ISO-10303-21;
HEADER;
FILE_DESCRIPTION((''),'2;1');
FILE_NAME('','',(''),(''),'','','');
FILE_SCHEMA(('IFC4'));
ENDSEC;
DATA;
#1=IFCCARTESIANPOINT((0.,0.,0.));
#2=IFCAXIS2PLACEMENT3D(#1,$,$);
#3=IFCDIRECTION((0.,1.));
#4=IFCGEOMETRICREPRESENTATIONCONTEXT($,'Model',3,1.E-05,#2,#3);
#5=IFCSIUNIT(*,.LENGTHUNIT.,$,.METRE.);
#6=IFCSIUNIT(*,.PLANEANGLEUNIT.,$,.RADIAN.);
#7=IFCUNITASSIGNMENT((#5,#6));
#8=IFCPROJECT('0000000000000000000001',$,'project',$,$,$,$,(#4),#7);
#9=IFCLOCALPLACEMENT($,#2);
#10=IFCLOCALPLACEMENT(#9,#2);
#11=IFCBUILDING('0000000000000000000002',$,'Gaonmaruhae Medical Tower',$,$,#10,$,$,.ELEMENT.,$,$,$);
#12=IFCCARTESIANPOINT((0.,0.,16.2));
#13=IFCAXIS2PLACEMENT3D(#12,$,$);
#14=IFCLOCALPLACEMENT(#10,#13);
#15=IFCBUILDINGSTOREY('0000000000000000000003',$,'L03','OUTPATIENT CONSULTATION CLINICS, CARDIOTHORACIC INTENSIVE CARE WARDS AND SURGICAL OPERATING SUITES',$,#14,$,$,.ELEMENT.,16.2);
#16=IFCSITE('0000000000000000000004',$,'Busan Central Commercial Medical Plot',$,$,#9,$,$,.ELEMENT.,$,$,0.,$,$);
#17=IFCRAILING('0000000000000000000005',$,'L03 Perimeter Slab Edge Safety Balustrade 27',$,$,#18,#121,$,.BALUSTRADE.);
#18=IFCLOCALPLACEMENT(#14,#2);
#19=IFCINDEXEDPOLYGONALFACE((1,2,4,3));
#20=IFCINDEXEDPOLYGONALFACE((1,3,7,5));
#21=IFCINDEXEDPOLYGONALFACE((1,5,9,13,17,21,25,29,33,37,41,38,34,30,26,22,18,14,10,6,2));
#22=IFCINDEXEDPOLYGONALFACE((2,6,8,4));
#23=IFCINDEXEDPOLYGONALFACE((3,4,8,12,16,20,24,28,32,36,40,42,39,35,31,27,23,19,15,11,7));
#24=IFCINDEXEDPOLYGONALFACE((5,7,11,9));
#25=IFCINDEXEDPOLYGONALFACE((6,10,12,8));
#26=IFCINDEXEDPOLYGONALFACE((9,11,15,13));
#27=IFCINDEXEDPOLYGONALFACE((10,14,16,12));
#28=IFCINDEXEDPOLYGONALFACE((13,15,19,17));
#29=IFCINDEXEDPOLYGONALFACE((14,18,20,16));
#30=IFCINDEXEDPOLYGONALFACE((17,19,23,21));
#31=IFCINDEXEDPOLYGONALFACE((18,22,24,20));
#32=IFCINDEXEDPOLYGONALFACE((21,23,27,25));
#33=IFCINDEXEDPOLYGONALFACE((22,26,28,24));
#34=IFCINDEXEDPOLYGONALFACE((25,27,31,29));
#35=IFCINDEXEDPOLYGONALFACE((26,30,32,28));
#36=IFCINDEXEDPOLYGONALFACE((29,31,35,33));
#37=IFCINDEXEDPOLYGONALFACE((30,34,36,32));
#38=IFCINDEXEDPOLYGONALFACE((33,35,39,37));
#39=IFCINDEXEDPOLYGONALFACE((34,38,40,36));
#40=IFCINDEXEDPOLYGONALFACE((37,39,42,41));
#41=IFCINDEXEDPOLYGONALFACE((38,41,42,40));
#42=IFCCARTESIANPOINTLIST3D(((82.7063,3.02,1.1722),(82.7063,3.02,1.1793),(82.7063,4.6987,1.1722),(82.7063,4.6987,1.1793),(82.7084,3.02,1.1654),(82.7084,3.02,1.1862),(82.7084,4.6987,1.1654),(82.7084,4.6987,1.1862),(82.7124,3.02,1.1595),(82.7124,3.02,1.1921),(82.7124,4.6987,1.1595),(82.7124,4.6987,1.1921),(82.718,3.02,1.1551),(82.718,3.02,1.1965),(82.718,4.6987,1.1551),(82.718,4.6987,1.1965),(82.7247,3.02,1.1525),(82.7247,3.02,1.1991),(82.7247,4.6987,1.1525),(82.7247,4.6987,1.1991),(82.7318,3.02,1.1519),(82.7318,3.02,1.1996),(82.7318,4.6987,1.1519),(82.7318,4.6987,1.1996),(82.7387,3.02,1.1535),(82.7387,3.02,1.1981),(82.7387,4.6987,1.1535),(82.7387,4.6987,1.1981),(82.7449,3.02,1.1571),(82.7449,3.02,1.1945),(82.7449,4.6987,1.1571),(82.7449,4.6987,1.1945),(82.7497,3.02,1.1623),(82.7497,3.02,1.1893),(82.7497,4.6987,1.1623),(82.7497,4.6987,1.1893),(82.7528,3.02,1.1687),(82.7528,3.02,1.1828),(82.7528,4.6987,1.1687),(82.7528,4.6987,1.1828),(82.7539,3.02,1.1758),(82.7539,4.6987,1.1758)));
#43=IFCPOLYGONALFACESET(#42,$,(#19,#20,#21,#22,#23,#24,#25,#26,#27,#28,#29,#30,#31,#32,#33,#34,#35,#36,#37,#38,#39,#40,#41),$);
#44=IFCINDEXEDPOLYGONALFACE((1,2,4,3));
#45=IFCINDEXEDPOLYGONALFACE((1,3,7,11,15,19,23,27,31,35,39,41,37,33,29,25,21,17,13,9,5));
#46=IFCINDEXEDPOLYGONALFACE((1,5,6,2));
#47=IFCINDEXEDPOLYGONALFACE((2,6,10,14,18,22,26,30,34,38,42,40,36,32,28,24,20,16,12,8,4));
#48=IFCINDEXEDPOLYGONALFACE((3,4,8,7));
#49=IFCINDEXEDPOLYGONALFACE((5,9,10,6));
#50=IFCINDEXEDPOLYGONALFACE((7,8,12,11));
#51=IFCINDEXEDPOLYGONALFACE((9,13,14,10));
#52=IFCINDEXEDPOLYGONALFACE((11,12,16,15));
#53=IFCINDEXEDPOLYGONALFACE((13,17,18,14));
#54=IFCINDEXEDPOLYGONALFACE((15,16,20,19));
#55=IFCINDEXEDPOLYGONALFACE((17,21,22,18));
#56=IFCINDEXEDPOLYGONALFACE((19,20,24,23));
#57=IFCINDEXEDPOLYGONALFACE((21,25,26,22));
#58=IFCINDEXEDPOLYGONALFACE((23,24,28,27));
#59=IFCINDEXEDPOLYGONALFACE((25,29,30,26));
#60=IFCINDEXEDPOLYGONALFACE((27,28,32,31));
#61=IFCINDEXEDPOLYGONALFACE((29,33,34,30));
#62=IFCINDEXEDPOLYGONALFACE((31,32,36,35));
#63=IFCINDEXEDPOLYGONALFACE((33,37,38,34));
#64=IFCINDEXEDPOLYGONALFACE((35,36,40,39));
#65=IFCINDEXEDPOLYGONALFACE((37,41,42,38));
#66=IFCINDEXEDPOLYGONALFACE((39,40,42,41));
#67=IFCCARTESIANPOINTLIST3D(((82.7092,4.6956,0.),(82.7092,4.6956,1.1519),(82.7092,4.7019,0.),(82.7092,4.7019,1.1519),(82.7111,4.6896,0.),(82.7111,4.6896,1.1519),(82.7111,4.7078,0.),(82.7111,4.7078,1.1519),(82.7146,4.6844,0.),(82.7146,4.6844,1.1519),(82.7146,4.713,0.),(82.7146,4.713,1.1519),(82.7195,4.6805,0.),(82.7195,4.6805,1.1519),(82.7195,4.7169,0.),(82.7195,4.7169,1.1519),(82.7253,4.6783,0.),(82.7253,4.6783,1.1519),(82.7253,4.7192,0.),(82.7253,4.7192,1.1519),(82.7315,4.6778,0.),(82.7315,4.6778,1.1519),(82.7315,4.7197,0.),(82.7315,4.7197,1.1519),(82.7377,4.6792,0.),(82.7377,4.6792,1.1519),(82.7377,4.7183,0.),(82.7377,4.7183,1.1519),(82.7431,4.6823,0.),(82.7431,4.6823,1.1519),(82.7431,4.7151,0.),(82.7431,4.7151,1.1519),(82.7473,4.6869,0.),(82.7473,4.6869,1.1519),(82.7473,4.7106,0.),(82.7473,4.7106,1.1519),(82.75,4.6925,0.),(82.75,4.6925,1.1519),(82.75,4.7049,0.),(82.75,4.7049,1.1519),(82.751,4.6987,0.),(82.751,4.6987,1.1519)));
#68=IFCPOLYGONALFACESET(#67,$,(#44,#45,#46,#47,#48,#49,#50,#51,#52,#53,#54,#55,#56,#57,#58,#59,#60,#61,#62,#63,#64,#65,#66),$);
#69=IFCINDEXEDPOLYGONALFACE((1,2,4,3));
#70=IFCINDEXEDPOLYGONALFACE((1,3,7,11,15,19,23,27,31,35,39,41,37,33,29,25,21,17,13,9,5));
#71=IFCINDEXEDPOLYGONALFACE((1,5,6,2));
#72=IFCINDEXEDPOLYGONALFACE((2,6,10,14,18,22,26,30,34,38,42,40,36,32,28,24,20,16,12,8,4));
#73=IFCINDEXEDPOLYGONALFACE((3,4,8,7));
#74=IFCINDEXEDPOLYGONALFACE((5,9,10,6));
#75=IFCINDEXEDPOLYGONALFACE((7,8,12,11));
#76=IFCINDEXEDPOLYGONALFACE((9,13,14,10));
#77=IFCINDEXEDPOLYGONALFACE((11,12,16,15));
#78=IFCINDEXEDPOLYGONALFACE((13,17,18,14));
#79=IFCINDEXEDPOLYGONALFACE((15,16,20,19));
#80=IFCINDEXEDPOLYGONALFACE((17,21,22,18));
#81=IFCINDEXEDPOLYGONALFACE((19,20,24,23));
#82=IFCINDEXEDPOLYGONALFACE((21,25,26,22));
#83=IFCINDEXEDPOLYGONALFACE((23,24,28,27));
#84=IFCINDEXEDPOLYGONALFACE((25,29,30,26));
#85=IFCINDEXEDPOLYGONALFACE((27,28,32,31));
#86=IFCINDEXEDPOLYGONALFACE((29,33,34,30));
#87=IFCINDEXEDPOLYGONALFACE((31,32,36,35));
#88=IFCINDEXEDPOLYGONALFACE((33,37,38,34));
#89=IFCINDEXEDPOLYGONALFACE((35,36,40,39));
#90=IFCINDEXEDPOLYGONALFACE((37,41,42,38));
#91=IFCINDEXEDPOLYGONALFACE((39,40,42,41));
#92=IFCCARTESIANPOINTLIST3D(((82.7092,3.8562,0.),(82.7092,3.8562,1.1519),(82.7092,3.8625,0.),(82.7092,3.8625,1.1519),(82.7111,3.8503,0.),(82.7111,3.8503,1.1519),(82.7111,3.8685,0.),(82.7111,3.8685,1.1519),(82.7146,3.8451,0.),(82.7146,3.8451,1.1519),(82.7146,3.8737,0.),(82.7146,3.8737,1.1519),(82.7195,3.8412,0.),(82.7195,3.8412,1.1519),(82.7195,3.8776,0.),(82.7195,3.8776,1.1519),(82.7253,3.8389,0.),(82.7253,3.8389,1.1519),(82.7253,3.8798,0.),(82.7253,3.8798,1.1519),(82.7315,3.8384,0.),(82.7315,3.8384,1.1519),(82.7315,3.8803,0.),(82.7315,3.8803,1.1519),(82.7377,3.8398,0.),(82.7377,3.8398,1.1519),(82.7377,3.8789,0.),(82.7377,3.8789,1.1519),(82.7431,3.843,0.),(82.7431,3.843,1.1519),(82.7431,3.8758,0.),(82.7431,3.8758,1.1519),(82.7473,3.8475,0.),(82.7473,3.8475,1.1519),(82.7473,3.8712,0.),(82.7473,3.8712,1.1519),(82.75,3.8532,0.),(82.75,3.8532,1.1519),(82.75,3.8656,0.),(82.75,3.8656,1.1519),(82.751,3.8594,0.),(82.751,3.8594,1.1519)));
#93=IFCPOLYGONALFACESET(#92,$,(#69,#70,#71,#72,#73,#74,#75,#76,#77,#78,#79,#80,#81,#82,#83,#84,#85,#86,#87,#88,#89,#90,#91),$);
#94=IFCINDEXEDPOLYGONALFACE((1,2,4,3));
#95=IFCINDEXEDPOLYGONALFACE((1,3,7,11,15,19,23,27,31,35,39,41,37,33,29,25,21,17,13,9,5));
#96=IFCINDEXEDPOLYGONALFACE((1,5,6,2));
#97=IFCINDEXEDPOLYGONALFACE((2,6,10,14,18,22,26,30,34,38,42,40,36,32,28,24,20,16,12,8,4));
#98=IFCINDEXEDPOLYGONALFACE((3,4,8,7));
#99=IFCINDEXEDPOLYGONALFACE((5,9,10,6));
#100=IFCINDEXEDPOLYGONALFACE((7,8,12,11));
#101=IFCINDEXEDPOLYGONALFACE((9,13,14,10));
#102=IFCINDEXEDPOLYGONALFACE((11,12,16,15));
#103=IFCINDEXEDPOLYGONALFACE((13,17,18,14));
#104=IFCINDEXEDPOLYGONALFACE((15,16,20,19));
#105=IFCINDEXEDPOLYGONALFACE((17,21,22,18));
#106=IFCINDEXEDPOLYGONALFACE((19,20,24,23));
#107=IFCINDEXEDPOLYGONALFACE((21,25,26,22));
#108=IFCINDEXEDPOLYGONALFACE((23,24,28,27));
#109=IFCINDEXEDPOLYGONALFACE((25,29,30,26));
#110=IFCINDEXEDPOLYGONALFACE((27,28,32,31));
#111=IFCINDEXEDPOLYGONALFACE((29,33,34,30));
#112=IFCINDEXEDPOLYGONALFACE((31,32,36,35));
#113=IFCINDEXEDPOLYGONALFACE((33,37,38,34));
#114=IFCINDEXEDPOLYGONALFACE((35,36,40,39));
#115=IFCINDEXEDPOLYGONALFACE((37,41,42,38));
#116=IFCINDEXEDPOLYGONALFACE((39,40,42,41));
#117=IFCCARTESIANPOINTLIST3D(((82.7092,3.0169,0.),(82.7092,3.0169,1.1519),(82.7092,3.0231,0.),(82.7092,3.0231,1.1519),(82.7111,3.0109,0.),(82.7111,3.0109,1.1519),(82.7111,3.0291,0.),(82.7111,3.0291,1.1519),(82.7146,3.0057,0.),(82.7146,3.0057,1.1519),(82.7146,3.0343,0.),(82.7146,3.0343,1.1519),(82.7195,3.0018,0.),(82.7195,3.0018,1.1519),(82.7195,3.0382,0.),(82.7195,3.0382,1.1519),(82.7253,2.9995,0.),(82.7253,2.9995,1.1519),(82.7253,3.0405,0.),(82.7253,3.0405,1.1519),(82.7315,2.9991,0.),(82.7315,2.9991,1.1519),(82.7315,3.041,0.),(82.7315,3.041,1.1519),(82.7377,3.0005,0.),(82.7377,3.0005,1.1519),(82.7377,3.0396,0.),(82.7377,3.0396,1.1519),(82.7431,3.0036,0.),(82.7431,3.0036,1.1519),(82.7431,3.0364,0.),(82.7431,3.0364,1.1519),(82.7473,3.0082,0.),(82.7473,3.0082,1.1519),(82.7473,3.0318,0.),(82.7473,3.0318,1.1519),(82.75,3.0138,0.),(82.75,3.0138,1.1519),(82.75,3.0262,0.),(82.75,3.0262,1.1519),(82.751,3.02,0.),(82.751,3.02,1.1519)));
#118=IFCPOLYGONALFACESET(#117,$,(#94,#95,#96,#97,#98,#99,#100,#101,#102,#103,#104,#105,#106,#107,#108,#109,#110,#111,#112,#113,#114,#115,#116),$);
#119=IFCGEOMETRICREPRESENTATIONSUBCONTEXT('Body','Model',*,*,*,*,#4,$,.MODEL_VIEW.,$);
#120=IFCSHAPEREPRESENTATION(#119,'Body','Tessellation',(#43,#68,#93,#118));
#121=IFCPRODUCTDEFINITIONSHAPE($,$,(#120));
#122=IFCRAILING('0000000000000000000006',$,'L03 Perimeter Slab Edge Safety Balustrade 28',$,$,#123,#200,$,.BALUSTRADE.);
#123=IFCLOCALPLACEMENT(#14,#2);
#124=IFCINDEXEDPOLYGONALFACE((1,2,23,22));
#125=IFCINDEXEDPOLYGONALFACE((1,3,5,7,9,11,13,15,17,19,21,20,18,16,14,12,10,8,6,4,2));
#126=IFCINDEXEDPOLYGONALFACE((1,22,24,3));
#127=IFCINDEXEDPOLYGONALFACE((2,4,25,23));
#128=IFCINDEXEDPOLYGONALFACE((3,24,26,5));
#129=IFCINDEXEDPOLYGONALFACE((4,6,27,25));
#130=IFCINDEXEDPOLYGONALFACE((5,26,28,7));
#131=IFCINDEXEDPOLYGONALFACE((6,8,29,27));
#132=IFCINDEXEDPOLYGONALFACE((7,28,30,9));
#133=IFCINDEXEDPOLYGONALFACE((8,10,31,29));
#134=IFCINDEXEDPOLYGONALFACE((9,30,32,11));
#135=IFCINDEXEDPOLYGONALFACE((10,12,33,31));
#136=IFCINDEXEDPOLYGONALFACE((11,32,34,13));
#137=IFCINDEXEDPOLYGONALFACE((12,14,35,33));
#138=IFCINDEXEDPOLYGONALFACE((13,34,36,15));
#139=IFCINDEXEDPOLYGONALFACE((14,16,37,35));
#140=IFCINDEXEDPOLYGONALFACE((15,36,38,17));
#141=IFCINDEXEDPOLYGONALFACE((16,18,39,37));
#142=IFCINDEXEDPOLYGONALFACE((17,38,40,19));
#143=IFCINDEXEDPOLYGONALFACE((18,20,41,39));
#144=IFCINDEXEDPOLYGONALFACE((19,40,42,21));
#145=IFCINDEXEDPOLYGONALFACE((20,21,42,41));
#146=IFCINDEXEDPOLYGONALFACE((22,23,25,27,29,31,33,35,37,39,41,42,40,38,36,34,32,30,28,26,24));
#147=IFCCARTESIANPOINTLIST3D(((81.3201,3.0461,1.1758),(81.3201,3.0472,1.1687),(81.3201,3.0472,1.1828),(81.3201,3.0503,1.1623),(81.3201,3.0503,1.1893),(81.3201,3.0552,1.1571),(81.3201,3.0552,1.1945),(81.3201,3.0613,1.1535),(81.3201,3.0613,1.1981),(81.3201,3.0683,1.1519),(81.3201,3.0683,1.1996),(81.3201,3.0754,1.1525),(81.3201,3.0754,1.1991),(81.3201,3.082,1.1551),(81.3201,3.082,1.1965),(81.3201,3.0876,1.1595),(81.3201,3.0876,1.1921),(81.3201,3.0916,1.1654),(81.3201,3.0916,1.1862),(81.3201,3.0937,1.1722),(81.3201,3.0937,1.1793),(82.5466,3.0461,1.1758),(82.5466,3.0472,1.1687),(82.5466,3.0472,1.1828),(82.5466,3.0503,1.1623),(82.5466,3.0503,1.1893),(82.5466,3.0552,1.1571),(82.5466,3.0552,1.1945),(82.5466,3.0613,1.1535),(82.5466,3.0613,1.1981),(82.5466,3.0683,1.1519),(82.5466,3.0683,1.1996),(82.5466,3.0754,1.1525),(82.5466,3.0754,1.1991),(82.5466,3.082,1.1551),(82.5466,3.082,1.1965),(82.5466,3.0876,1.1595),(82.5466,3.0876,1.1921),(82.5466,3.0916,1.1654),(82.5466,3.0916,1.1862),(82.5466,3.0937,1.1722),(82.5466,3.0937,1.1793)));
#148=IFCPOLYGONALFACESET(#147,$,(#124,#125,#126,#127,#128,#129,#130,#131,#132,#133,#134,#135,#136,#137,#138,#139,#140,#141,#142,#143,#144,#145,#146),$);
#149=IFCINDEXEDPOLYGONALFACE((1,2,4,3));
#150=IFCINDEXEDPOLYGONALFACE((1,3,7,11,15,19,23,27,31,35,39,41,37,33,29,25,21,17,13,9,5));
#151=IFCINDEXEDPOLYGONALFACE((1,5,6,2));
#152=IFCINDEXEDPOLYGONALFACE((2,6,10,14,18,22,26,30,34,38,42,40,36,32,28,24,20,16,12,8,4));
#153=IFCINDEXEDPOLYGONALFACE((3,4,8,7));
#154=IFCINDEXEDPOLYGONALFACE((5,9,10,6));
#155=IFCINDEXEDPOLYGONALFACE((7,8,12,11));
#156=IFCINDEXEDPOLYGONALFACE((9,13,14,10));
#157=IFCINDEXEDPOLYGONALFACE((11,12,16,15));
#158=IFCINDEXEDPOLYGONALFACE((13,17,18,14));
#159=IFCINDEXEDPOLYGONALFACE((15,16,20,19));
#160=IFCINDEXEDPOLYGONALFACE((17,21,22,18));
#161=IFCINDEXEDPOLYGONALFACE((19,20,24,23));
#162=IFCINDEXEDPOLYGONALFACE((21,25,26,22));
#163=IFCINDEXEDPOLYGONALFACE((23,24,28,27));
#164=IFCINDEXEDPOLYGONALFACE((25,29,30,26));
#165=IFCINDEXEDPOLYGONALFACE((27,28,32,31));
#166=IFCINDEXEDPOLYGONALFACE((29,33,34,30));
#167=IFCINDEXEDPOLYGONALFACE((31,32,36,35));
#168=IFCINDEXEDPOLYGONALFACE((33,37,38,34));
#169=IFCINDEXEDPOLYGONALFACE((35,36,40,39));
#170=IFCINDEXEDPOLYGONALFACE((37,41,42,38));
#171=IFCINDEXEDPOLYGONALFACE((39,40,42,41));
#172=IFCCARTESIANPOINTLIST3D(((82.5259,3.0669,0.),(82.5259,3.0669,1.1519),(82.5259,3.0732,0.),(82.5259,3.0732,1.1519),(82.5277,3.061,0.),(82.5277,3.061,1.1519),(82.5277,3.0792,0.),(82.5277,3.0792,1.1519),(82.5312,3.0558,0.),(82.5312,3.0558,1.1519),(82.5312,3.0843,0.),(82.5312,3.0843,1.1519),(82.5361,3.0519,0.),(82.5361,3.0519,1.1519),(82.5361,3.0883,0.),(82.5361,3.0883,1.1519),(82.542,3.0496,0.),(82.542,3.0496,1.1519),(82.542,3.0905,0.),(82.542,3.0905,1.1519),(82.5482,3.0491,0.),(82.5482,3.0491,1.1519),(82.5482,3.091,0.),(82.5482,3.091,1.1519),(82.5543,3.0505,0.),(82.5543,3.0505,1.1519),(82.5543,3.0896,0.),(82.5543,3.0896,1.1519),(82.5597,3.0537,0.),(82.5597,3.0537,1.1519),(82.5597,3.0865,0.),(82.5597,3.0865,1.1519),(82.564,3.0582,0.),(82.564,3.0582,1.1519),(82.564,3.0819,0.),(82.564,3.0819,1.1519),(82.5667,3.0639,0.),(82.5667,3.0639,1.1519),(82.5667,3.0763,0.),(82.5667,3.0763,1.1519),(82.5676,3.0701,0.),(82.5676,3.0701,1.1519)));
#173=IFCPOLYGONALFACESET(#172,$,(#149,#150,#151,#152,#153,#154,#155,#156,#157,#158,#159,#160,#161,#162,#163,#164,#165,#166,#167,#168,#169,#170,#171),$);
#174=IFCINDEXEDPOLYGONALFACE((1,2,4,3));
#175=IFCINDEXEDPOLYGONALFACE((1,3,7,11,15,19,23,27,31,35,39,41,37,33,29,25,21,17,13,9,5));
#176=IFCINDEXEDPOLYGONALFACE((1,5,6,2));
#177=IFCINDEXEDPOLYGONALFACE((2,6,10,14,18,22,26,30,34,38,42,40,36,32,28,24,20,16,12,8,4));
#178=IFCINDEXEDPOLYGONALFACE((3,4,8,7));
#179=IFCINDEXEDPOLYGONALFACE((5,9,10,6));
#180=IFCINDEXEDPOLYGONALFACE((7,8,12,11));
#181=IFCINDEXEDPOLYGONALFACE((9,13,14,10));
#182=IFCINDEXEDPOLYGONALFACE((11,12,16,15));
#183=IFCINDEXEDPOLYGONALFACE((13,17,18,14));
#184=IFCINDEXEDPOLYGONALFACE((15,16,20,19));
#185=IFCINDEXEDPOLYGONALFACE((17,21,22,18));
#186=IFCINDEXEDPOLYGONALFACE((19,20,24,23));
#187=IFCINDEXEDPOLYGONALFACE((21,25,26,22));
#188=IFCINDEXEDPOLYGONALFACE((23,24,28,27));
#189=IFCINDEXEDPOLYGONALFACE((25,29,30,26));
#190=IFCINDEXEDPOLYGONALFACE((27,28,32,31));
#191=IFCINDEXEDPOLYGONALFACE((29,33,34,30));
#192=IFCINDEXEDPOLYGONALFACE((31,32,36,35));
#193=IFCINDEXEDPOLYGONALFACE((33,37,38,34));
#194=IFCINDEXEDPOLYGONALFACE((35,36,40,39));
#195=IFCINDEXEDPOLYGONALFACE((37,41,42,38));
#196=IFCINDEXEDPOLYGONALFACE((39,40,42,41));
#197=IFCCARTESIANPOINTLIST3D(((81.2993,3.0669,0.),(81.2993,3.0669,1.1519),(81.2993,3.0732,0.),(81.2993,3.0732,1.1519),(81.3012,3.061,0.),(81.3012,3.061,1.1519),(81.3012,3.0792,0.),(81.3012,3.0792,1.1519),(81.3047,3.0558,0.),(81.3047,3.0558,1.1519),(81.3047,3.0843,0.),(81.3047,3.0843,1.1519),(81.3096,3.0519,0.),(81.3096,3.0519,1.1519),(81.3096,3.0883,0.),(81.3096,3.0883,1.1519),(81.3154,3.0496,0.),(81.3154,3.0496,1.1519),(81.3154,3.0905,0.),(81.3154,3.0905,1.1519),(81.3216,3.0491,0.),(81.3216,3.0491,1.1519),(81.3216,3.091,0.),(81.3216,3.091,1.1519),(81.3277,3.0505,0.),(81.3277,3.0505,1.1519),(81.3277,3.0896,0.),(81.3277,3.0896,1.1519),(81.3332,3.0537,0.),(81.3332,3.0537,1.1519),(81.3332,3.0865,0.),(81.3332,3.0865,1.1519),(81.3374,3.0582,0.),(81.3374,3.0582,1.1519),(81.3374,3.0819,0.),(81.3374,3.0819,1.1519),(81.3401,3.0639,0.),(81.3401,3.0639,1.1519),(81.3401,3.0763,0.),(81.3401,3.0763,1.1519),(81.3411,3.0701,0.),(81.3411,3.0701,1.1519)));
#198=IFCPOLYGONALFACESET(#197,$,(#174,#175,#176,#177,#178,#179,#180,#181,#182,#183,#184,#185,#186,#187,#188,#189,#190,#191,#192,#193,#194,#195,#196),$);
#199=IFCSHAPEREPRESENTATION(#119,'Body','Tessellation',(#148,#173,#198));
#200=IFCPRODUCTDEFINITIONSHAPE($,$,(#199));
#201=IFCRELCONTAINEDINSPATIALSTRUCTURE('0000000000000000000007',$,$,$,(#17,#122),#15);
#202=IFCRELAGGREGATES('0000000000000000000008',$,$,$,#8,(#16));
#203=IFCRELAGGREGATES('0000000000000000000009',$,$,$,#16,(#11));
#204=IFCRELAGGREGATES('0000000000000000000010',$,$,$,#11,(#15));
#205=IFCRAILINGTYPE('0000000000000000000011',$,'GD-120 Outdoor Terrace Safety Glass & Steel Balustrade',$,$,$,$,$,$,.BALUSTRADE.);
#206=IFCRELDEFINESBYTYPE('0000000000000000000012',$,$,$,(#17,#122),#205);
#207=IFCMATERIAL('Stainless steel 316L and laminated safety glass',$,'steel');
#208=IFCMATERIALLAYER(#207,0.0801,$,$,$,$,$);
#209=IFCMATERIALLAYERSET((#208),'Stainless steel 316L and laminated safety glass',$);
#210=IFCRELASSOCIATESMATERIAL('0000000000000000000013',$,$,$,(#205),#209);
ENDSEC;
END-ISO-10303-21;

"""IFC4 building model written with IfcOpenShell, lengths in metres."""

from ifc_helpers import new_model, si_unit, direction, frame, origin, origin_2d, place, context, subcontext, project, spatial, circle, extrude, material, layer, layer_set, type_object, element, save


model = new_model("IFC4")

# Units and contexts
model_context = context("Model", 3, precision=1e-05, world=origin(), true_north=direction((0.0, 1.0)))
body_context = subcontext(model_context, "Body", "Model", "MODEL_VIEW")
ifc_project = project(units=[si_unit("LENGTHUNIT", "METRE"), si_unit("PLANEANGLEUNIT", "RADIAN")], contexts=[model_context])

# Site, building, storey
site_placement = place(None, origin())
site = spatial("IfcSite", under=ifc_project, at=site_placement, Name="Busan Central Commercial Medical Plot", CompositionType="ELEMENT", RefElevation=0.0)
building_placement = place(site_placement, origin())
building = spatial("IfcBuilding", under=site, at=building_placement, Name="Gaonmaruhae Medical Tower", CompositionType="ELEMENT")
storey_placement = place(building_placement, frame((0.0, 0.0, 16.2)))
storey = spatial("IfcBuildingStorey", under=building, at=storey_placement, Name="L03", Description="OUTPATIENT CONSULTATION CLINICS, CARDIOTHORACIC INTENSIVE CARE WARDS AND SURGICAL OPERATING SUITES", CompositionType="ELEMENT", Elevation=16.2)

# Railings
ifc_material_1 = material(Name="Stainless steel 316L and laminated safety glass", Category="steel")
ifc_layer_1 = layer(ifc_material_1, 0.0801)
ifc_layer_set_1 = layer_set([ifc_layer_1], Name="Stainless steel 316L and laminated safety glass")
railing_type = type_object("IfcRailingType", Name="GD-120 Outdoor Terrace Safety Glass & Steel Balustrade", PredefinedType="BALUSTRADE", material=ifc_layer_set_1)
railing_1_placement = place(storey_placement, frame((82.73, 4.6987, 0.0)))
element("IfcRailing", 1, at=railing_1_placement, inside=storey, type_object=railing_type, Name="L03 Perimeter Slab Edge Safety Balustrade 27", PredefinedType="BALUSTRADE", context=body_context, shape_type="SweptSolid", body=[
    extrude(circle(Radius=0.0239, at=origin_2d()), frame((0.0, 0.0, 1.1758), z_axis=(0.0, -1.0, 0.0), x_axis=(1.0, 0.0, 0.0)), (0.0, 0.0, 1.0), 1.6787),
    extrude(circle(Radius=0.021, at=origin_2d()), origin(), (0.0, 0.0, 1.0), 1.1519),
    extrude(circle(Radius=0.021, at=origin_2d()), frame((0.0, -0.8394, 0.0)), (0.0, 0.0, 1.0), 1.1519),
    extrude(circle(Radius=0.021, at=origin_2d()), frame((0.0, -1.6787, 0.0)), (0.0, 0.0, 1.0), 1.1519),
])
railing_2_placement = place(storey_placement, frame((82.5466, 3.0701, 0.0)))
element("IfcRailing", 2, at=railing_2_placement, inside=storey, type_object=railing_type, Name="L03 Perimeter Slab Edge Safety Balustrade 28", PredefinedType="BALUSTRADE", context=body_context, shape_type="SweptSolid", body=[
    extrude(circle(Radius=0.0239, at=origin_2d()), frame((0.0, 0.0, 1.1758), z_axis=(-1.0, 0.0, 0.0), x_axis=(0.0, -1.0, 0.0)), (0.0, 0.0, 1.0), 1.2266),
    extrude(circle(Radius=0.021, at=origin_2d()), origin(), (0.0, 0.0, 1.0), 1.1519),
    extrude(circle(Radius=0.021, at=origin_2d()), frame((-1.2266, 0.0, 0.0)), (0.0, 0.0, 1.0), 1.1519),
])

save(model, "model.ifc")
